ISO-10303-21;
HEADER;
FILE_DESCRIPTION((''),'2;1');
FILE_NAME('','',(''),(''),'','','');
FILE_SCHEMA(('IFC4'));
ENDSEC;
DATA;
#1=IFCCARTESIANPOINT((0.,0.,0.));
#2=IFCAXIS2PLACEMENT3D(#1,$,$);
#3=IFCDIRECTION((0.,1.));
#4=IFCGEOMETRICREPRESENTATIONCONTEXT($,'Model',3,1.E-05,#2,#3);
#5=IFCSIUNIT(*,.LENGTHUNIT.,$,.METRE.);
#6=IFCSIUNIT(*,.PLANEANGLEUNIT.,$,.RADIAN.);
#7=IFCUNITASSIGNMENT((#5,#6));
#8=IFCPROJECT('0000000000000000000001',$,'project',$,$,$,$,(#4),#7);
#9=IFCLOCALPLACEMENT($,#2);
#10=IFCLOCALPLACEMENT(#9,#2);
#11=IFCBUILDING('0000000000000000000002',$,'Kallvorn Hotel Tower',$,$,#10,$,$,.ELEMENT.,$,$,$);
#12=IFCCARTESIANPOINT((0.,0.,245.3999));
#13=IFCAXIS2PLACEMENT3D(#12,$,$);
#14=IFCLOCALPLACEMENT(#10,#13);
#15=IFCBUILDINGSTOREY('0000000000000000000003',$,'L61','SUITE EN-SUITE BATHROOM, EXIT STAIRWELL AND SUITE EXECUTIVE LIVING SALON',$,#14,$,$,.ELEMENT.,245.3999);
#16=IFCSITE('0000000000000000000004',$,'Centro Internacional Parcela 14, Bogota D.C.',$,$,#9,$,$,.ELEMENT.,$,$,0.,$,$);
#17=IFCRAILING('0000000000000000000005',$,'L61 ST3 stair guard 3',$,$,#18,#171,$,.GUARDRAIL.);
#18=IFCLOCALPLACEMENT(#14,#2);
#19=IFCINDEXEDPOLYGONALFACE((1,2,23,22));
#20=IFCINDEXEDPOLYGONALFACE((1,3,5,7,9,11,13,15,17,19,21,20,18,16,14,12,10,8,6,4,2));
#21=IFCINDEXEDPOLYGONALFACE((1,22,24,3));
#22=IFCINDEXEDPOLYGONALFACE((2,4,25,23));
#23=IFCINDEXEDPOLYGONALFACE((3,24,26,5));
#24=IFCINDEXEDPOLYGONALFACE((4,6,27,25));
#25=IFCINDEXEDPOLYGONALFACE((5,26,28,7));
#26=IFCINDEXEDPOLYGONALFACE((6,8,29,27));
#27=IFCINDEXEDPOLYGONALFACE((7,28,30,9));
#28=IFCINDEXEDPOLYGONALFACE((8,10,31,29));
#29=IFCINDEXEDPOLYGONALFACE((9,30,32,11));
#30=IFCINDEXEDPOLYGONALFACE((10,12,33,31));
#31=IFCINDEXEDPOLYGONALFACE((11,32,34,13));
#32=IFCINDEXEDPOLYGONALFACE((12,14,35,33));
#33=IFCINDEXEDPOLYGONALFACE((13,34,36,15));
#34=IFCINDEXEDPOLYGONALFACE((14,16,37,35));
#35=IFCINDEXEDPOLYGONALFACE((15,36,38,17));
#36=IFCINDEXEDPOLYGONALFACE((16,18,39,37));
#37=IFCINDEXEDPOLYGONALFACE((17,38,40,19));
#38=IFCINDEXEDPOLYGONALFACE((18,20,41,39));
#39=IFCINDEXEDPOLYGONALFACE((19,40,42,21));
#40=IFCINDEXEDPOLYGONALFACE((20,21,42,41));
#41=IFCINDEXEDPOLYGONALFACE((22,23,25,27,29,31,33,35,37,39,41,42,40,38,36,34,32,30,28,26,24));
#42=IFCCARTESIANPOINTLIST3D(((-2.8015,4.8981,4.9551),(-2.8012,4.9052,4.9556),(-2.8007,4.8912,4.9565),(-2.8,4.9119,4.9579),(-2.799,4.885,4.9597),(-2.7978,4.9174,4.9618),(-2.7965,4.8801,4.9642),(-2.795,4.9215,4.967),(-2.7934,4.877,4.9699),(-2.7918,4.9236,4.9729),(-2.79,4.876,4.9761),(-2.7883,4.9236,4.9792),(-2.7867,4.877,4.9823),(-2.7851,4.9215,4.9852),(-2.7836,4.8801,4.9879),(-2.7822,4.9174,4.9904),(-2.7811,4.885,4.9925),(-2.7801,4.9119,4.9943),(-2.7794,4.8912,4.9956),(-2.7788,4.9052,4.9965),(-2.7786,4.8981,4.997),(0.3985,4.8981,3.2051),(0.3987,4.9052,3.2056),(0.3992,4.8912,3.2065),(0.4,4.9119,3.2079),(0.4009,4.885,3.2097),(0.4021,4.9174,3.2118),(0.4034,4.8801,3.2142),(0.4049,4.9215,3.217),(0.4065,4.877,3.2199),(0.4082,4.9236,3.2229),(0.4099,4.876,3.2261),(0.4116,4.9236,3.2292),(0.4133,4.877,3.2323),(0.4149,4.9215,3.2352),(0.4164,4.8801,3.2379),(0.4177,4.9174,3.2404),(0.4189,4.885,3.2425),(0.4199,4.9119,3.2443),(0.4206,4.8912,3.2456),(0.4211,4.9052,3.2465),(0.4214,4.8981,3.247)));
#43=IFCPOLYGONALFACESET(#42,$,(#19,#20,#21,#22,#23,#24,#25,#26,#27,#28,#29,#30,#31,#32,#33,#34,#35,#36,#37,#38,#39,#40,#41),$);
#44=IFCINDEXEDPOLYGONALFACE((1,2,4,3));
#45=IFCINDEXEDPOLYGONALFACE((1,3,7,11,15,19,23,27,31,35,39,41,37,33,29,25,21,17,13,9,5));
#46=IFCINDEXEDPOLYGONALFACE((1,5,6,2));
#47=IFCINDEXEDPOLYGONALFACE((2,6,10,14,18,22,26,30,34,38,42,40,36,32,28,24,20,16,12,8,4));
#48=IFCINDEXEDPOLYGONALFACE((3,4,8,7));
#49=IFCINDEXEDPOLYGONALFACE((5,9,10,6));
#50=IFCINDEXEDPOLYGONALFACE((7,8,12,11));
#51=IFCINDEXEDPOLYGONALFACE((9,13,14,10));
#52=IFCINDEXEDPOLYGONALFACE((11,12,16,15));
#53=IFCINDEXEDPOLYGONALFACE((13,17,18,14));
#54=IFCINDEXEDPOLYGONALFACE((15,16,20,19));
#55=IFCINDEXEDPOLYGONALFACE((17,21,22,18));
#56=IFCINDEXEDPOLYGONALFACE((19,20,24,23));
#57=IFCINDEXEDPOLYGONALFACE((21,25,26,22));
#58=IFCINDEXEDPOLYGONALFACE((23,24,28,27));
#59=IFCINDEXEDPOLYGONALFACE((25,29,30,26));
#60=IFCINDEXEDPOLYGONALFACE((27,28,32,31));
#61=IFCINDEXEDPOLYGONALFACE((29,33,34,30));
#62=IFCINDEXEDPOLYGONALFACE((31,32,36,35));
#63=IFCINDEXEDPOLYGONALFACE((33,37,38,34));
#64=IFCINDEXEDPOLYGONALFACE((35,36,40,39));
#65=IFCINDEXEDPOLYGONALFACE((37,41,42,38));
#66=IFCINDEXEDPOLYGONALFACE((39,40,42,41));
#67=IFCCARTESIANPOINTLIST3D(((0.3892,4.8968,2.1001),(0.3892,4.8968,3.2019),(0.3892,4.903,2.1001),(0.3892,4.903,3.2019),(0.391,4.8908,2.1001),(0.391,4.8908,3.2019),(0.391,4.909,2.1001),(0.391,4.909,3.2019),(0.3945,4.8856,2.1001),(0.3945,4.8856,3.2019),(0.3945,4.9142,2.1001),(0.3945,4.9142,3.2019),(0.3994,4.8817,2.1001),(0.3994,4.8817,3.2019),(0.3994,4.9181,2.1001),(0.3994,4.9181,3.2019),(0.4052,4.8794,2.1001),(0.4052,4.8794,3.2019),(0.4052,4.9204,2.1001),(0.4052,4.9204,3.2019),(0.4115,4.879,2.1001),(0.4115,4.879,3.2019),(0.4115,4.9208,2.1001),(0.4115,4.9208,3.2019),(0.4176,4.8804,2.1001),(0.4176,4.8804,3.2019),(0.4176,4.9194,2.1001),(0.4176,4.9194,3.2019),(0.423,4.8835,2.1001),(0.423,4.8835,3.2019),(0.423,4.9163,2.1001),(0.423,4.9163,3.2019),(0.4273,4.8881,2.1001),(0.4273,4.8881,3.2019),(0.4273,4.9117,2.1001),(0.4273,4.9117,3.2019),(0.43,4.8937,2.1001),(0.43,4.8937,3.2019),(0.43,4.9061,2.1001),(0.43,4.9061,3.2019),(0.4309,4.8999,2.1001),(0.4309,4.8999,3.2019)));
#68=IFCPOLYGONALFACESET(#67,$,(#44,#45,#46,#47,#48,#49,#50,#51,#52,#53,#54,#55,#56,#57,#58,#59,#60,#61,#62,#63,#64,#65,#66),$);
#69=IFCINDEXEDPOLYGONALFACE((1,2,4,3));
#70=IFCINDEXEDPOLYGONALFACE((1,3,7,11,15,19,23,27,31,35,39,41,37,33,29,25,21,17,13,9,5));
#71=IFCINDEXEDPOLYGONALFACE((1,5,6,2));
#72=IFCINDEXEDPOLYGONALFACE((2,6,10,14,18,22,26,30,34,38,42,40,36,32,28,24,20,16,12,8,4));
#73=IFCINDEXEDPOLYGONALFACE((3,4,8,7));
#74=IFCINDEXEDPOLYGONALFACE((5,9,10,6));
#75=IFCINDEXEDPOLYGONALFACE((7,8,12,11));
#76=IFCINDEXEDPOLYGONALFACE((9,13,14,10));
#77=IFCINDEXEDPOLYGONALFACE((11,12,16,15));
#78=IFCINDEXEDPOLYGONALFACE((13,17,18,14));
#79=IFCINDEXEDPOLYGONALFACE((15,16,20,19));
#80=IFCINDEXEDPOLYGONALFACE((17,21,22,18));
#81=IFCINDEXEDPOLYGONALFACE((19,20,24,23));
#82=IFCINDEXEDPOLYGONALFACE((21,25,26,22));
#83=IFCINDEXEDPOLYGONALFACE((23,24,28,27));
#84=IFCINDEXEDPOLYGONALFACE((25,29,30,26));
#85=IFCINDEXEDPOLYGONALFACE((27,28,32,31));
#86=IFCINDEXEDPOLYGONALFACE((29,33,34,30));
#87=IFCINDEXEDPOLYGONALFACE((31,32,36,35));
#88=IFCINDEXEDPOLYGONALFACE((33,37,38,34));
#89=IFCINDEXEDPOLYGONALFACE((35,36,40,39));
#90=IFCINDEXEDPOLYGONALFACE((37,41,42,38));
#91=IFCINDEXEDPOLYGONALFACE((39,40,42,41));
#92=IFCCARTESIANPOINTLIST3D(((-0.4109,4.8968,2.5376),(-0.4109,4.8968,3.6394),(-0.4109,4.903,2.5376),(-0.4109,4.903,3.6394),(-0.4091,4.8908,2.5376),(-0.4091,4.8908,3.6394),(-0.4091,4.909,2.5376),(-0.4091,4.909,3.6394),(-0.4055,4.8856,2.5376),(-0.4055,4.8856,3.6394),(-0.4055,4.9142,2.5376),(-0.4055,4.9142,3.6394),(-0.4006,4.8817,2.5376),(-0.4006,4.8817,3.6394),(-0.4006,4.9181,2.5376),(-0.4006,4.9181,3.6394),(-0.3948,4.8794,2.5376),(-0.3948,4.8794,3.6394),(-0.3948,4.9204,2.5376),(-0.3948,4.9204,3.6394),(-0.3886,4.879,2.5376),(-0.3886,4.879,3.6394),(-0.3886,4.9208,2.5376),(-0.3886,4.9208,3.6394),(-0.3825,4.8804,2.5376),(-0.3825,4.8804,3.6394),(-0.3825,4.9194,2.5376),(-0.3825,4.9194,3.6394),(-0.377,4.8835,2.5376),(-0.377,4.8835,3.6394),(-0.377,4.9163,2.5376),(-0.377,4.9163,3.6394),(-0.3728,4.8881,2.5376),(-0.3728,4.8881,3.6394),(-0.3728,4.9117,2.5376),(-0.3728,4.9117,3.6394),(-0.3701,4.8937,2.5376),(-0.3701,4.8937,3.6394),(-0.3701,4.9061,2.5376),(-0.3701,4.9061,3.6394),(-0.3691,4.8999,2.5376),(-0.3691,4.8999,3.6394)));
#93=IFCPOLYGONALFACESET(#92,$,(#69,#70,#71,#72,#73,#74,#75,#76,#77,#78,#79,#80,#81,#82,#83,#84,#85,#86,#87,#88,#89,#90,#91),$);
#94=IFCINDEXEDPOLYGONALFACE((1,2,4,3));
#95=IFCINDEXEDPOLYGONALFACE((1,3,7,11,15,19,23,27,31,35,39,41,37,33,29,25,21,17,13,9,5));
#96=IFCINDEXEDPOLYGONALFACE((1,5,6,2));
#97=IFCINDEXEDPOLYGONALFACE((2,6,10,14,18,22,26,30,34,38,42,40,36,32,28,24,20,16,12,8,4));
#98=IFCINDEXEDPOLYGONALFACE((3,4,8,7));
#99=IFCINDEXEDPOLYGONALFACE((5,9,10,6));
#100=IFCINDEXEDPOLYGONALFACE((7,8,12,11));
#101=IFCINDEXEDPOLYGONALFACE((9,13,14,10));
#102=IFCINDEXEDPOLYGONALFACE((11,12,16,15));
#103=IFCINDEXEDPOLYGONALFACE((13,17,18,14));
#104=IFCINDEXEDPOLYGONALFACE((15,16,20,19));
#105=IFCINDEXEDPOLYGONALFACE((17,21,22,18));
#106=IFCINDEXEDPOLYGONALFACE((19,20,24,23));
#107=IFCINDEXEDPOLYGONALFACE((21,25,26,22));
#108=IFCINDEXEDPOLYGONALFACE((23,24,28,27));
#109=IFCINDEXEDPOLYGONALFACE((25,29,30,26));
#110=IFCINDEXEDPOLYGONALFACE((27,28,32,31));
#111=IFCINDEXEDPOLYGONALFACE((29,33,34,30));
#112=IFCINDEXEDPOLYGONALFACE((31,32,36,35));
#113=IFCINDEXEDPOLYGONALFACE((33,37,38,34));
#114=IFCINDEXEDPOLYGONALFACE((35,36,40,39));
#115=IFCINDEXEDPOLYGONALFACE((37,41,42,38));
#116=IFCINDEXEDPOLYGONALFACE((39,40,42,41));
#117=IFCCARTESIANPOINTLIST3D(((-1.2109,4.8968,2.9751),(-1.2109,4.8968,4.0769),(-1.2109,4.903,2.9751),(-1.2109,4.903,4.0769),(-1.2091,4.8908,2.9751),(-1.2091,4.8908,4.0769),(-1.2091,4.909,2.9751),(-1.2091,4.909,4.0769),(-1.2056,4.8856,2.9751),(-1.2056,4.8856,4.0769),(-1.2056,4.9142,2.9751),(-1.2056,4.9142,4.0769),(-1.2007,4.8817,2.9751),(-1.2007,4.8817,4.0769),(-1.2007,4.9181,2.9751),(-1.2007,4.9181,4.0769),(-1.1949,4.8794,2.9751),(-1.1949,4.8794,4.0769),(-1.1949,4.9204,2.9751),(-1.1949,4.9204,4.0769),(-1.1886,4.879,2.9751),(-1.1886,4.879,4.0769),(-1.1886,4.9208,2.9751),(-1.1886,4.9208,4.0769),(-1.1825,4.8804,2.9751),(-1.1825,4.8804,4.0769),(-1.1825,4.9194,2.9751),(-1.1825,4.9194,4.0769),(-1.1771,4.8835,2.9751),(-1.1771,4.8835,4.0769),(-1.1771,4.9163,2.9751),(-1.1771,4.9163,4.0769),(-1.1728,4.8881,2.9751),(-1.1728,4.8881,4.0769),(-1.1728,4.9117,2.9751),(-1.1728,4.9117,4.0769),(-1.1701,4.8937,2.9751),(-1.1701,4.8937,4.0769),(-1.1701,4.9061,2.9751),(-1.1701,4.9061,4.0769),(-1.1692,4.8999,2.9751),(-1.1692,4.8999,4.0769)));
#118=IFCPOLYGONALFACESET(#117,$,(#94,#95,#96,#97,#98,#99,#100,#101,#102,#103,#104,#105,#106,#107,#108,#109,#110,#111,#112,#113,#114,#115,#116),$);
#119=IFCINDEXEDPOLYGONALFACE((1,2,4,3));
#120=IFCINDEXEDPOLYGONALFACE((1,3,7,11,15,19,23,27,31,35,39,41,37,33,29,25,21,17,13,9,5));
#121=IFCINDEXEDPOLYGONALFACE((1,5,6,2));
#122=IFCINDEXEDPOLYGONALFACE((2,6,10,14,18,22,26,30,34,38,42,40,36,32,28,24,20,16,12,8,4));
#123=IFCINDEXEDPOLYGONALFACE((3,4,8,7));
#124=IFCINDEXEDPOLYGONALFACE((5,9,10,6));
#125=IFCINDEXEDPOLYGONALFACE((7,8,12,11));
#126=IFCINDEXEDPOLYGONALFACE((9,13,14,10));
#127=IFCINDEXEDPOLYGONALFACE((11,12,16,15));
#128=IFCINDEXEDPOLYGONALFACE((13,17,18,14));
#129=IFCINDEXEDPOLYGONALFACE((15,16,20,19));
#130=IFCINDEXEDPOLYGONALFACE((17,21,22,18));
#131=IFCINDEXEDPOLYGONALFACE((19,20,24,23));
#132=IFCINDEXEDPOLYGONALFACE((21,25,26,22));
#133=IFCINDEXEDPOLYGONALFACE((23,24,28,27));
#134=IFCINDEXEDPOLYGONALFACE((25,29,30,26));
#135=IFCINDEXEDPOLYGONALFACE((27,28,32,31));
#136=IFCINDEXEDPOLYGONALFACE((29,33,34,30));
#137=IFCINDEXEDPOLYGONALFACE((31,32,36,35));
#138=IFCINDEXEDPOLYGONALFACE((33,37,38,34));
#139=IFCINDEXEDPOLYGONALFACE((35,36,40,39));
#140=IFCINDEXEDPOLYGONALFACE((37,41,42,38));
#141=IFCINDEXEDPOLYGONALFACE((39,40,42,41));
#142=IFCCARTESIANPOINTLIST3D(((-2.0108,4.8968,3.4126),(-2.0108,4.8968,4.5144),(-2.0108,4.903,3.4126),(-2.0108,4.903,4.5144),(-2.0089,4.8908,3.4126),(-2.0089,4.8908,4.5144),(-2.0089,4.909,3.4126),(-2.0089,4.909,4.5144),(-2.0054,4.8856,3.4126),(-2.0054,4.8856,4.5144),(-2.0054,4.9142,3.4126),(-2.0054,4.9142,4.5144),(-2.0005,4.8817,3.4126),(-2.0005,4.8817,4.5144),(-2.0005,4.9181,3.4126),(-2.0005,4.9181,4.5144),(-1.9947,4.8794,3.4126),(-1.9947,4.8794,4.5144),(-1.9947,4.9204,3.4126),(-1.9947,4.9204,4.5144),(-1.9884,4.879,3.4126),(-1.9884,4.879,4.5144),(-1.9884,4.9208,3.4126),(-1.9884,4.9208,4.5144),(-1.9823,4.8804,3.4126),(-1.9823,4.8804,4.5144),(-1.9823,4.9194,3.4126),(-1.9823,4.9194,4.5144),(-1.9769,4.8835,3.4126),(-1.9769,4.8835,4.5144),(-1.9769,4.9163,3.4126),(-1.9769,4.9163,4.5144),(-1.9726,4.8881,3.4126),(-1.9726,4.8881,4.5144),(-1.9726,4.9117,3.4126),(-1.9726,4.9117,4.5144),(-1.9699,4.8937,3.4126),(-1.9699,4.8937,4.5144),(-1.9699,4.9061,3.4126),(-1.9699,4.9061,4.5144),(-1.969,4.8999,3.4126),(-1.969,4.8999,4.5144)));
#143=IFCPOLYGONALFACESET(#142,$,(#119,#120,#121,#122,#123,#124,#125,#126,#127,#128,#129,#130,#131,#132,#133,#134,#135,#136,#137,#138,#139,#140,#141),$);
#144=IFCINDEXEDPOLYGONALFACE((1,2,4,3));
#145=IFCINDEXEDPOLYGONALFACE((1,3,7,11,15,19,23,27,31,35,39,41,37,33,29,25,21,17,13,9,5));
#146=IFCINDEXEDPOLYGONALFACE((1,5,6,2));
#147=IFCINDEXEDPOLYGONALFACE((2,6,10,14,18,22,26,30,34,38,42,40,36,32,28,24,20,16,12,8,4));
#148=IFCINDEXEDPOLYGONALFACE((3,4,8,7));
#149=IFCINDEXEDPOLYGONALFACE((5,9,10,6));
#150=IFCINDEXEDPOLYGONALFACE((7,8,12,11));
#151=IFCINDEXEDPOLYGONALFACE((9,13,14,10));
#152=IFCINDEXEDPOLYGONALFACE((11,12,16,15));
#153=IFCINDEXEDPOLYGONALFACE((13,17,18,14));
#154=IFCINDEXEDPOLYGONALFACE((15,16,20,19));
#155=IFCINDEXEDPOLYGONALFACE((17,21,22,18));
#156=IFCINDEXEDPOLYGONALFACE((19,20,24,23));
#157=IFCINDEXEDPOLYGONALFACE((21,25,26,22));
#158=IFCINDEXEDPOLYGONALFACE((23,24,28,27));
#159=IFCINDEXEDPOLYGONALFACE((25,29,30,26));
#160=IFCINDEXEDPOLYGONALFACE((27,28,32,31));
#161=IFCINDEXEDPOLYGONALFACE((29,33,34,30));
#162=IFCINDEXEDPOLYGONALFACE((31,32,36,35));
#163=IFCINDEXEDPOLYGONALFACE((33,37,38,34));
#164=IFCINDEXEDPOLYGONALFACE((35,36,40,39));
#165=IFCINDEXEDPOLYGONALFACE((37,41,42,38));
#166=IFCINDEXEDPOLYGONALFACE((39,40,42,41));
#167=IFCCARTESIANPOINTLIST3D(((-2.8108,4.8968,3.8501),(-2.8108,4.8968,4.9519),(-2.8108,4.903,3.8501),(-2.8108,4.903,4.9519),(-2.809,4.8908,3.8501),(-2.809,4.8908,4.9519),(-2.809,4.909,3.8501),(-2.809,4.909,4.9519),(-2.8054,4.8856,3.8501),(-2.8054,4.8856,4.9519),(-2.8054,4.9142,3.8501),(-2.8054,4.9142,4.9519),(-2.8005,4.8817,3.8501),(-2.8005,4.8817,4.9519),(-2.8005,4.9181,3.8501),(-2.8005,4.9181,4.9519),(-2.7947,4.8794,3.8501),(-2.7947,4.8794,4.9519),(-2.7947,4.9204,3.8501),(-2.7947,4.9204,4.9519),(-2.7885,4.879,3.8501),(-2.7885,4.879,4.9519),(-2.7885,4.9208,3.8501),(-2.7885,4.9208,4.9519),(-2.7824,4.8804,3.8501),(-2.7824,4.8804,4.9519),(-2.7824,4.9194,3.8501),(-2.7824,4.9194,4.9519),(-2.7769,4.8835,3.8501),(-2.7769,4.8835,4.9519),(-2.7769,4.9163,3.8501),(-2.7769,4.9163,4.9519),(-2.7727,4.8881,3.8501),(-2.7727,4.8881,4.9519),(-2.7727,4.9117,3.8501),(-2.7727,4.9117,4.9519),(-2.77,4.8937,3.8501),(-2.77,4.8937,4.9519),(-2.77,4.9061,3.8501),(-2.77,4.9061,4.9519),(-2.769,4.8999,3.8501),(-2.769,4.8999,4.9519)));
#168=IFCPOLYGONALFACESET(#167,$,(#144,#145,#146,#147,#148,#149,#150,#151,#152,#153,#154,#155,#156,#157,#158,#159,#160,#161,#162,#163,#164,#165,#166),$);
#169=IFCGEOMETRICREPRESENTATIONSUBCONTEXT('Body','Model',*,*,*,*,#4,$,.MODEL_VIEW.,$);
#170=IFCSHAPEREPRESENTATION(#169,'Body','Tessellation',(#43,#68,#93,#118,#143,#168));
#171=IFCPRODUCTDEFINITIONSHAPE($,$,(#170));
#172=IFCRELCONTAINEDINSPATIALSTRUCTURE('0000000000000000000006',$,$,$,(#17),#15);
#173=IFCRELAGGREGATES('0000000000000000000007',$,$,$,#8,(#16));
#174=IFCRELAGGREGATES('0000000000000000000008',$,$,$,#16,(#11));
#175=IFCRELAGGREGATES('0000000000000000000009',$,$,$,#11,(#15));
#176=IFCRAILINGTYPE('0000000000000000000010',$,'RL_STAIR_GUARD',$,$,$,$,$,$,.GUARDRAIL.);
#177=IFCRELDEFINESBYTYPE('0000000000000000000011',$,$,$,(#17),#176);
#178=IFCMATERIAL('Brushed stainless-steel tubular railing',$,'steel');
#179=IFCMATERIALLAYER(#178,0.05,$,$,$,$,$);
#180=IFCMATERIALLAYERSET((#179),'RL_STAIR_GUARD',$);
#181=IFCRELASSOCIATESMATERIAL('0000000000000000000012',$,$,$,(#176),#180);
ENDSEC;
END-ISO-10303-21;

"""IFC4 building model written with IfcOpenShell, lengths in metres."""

from ifc_helpers import new_model, si_unit, direction, frame, origin, origin_2d, place, context, subcontext, project, spatial, circle, extrude, material, layer, layer_set, type_object, element, save


model = new_model("IFC4")

# Units and contexts
model_context = context("Model", 3, precision=1e-05, world=origin(), true_north=direction((0.0, 1.0)))
body_context = subcontext(model_context, "Body", "Model", "MODEL_VIEW")
ifc_project = project(units=[si_unit("LENGTHUNIT", "METRE"), si_unit("PLANEANGLEUNIT", "RADIAN")], contexts=[model_context])

# Site, building, storey
site_placement = place(None, origin())
site = spatial("IfcSite", under=ifc_project, at=site_placement, Name="Centro Internacional Parcela 14, Bogota D.C.", CompositionType="ELEMENT", RefElevation=0.0)
building_placement = place(site_placement, origin())
building = spatial("IfcBuilding", under=site, at=building_placement, Name="Kallvorn Hotel Tower", CompositionType="ELEMENT")
storey_placement = place(building_placement, frame((0.0, 0.0, 245.3999)))
storey = spatial("IfcBuildingStorey", under=building, at=storey_placement, Name="L61", Description="SUITE EN-SUITE BATHROOM, EXIT STAIRWELL AND SUITE EXECUTIVE LIVING SALON", CompositionType="ELEMENT", Elevation=245.3999)

# Railing
ifc_material_1 = material(Name="Brushed stainless-steel tubular railing", Category="steel")
ifc_layer_1 = layer(ifc_material_1, 0.05)
ifc_layer_set_1 = layer_set([ifc_layer_1], Name="RL_STAIR_GUARD")
railing_type_1 = type_object("IfcRailingType", Name="RL_STAIR_GUARD", PredefinedType="GUARDRAIL", material=ifc_layer_set_1)
railing_1_placement = place(storey_placement, frame((0.4099, 4.8999, 2.1001)))
element("IfcRailing", 1, at=railing_1_placement, inside=storey, type_object=railing_type_1, Name="L61 ST3 stair guard 3", PredefinedType="GUARDRAIL", context=body_context, shape_type="SweptSolid", body=[
    extrude(circle(Radius=0.0239, at=origin_2d()), frame((0.0, 0.0, 1.126), z_axis=(-0.877368, 0.0, 0.479818), x_axis=(0.0, -1.0, 0.0)), (0.0, 0.0, 1.0), 3.6472),
    extrude(circle(Radius=0.021, at=origin_2d()), origin(), (0.0, 0.0, 1.0), 1.1018),
    extrude(circle(Radius=0.021, at=origin_2d()), frame((-0.8, 0.0, 0.4375)), (0.0, 0.0, 1.0), 1.1018),
    extrude(circle(Radius=0.021, at=origin_2d()), frame((-1.6001, 0.0, 0.875)), (0.0, 0.0, 1.0), 1.1018),
    extrude(circle(Radius=0.021, at=origin_2d()), frame((-2.3999, 0.0, 1.3125)), (0.0, 0.0, 1.0), 1.1018),
    extrude(circle(Radius=0.021, at=origin_2d()), frame((-3.2, 0.0, 1.75)), (0.0, 0.0, 1.0), 1.1018),
])

save(model, "model.ifc")
